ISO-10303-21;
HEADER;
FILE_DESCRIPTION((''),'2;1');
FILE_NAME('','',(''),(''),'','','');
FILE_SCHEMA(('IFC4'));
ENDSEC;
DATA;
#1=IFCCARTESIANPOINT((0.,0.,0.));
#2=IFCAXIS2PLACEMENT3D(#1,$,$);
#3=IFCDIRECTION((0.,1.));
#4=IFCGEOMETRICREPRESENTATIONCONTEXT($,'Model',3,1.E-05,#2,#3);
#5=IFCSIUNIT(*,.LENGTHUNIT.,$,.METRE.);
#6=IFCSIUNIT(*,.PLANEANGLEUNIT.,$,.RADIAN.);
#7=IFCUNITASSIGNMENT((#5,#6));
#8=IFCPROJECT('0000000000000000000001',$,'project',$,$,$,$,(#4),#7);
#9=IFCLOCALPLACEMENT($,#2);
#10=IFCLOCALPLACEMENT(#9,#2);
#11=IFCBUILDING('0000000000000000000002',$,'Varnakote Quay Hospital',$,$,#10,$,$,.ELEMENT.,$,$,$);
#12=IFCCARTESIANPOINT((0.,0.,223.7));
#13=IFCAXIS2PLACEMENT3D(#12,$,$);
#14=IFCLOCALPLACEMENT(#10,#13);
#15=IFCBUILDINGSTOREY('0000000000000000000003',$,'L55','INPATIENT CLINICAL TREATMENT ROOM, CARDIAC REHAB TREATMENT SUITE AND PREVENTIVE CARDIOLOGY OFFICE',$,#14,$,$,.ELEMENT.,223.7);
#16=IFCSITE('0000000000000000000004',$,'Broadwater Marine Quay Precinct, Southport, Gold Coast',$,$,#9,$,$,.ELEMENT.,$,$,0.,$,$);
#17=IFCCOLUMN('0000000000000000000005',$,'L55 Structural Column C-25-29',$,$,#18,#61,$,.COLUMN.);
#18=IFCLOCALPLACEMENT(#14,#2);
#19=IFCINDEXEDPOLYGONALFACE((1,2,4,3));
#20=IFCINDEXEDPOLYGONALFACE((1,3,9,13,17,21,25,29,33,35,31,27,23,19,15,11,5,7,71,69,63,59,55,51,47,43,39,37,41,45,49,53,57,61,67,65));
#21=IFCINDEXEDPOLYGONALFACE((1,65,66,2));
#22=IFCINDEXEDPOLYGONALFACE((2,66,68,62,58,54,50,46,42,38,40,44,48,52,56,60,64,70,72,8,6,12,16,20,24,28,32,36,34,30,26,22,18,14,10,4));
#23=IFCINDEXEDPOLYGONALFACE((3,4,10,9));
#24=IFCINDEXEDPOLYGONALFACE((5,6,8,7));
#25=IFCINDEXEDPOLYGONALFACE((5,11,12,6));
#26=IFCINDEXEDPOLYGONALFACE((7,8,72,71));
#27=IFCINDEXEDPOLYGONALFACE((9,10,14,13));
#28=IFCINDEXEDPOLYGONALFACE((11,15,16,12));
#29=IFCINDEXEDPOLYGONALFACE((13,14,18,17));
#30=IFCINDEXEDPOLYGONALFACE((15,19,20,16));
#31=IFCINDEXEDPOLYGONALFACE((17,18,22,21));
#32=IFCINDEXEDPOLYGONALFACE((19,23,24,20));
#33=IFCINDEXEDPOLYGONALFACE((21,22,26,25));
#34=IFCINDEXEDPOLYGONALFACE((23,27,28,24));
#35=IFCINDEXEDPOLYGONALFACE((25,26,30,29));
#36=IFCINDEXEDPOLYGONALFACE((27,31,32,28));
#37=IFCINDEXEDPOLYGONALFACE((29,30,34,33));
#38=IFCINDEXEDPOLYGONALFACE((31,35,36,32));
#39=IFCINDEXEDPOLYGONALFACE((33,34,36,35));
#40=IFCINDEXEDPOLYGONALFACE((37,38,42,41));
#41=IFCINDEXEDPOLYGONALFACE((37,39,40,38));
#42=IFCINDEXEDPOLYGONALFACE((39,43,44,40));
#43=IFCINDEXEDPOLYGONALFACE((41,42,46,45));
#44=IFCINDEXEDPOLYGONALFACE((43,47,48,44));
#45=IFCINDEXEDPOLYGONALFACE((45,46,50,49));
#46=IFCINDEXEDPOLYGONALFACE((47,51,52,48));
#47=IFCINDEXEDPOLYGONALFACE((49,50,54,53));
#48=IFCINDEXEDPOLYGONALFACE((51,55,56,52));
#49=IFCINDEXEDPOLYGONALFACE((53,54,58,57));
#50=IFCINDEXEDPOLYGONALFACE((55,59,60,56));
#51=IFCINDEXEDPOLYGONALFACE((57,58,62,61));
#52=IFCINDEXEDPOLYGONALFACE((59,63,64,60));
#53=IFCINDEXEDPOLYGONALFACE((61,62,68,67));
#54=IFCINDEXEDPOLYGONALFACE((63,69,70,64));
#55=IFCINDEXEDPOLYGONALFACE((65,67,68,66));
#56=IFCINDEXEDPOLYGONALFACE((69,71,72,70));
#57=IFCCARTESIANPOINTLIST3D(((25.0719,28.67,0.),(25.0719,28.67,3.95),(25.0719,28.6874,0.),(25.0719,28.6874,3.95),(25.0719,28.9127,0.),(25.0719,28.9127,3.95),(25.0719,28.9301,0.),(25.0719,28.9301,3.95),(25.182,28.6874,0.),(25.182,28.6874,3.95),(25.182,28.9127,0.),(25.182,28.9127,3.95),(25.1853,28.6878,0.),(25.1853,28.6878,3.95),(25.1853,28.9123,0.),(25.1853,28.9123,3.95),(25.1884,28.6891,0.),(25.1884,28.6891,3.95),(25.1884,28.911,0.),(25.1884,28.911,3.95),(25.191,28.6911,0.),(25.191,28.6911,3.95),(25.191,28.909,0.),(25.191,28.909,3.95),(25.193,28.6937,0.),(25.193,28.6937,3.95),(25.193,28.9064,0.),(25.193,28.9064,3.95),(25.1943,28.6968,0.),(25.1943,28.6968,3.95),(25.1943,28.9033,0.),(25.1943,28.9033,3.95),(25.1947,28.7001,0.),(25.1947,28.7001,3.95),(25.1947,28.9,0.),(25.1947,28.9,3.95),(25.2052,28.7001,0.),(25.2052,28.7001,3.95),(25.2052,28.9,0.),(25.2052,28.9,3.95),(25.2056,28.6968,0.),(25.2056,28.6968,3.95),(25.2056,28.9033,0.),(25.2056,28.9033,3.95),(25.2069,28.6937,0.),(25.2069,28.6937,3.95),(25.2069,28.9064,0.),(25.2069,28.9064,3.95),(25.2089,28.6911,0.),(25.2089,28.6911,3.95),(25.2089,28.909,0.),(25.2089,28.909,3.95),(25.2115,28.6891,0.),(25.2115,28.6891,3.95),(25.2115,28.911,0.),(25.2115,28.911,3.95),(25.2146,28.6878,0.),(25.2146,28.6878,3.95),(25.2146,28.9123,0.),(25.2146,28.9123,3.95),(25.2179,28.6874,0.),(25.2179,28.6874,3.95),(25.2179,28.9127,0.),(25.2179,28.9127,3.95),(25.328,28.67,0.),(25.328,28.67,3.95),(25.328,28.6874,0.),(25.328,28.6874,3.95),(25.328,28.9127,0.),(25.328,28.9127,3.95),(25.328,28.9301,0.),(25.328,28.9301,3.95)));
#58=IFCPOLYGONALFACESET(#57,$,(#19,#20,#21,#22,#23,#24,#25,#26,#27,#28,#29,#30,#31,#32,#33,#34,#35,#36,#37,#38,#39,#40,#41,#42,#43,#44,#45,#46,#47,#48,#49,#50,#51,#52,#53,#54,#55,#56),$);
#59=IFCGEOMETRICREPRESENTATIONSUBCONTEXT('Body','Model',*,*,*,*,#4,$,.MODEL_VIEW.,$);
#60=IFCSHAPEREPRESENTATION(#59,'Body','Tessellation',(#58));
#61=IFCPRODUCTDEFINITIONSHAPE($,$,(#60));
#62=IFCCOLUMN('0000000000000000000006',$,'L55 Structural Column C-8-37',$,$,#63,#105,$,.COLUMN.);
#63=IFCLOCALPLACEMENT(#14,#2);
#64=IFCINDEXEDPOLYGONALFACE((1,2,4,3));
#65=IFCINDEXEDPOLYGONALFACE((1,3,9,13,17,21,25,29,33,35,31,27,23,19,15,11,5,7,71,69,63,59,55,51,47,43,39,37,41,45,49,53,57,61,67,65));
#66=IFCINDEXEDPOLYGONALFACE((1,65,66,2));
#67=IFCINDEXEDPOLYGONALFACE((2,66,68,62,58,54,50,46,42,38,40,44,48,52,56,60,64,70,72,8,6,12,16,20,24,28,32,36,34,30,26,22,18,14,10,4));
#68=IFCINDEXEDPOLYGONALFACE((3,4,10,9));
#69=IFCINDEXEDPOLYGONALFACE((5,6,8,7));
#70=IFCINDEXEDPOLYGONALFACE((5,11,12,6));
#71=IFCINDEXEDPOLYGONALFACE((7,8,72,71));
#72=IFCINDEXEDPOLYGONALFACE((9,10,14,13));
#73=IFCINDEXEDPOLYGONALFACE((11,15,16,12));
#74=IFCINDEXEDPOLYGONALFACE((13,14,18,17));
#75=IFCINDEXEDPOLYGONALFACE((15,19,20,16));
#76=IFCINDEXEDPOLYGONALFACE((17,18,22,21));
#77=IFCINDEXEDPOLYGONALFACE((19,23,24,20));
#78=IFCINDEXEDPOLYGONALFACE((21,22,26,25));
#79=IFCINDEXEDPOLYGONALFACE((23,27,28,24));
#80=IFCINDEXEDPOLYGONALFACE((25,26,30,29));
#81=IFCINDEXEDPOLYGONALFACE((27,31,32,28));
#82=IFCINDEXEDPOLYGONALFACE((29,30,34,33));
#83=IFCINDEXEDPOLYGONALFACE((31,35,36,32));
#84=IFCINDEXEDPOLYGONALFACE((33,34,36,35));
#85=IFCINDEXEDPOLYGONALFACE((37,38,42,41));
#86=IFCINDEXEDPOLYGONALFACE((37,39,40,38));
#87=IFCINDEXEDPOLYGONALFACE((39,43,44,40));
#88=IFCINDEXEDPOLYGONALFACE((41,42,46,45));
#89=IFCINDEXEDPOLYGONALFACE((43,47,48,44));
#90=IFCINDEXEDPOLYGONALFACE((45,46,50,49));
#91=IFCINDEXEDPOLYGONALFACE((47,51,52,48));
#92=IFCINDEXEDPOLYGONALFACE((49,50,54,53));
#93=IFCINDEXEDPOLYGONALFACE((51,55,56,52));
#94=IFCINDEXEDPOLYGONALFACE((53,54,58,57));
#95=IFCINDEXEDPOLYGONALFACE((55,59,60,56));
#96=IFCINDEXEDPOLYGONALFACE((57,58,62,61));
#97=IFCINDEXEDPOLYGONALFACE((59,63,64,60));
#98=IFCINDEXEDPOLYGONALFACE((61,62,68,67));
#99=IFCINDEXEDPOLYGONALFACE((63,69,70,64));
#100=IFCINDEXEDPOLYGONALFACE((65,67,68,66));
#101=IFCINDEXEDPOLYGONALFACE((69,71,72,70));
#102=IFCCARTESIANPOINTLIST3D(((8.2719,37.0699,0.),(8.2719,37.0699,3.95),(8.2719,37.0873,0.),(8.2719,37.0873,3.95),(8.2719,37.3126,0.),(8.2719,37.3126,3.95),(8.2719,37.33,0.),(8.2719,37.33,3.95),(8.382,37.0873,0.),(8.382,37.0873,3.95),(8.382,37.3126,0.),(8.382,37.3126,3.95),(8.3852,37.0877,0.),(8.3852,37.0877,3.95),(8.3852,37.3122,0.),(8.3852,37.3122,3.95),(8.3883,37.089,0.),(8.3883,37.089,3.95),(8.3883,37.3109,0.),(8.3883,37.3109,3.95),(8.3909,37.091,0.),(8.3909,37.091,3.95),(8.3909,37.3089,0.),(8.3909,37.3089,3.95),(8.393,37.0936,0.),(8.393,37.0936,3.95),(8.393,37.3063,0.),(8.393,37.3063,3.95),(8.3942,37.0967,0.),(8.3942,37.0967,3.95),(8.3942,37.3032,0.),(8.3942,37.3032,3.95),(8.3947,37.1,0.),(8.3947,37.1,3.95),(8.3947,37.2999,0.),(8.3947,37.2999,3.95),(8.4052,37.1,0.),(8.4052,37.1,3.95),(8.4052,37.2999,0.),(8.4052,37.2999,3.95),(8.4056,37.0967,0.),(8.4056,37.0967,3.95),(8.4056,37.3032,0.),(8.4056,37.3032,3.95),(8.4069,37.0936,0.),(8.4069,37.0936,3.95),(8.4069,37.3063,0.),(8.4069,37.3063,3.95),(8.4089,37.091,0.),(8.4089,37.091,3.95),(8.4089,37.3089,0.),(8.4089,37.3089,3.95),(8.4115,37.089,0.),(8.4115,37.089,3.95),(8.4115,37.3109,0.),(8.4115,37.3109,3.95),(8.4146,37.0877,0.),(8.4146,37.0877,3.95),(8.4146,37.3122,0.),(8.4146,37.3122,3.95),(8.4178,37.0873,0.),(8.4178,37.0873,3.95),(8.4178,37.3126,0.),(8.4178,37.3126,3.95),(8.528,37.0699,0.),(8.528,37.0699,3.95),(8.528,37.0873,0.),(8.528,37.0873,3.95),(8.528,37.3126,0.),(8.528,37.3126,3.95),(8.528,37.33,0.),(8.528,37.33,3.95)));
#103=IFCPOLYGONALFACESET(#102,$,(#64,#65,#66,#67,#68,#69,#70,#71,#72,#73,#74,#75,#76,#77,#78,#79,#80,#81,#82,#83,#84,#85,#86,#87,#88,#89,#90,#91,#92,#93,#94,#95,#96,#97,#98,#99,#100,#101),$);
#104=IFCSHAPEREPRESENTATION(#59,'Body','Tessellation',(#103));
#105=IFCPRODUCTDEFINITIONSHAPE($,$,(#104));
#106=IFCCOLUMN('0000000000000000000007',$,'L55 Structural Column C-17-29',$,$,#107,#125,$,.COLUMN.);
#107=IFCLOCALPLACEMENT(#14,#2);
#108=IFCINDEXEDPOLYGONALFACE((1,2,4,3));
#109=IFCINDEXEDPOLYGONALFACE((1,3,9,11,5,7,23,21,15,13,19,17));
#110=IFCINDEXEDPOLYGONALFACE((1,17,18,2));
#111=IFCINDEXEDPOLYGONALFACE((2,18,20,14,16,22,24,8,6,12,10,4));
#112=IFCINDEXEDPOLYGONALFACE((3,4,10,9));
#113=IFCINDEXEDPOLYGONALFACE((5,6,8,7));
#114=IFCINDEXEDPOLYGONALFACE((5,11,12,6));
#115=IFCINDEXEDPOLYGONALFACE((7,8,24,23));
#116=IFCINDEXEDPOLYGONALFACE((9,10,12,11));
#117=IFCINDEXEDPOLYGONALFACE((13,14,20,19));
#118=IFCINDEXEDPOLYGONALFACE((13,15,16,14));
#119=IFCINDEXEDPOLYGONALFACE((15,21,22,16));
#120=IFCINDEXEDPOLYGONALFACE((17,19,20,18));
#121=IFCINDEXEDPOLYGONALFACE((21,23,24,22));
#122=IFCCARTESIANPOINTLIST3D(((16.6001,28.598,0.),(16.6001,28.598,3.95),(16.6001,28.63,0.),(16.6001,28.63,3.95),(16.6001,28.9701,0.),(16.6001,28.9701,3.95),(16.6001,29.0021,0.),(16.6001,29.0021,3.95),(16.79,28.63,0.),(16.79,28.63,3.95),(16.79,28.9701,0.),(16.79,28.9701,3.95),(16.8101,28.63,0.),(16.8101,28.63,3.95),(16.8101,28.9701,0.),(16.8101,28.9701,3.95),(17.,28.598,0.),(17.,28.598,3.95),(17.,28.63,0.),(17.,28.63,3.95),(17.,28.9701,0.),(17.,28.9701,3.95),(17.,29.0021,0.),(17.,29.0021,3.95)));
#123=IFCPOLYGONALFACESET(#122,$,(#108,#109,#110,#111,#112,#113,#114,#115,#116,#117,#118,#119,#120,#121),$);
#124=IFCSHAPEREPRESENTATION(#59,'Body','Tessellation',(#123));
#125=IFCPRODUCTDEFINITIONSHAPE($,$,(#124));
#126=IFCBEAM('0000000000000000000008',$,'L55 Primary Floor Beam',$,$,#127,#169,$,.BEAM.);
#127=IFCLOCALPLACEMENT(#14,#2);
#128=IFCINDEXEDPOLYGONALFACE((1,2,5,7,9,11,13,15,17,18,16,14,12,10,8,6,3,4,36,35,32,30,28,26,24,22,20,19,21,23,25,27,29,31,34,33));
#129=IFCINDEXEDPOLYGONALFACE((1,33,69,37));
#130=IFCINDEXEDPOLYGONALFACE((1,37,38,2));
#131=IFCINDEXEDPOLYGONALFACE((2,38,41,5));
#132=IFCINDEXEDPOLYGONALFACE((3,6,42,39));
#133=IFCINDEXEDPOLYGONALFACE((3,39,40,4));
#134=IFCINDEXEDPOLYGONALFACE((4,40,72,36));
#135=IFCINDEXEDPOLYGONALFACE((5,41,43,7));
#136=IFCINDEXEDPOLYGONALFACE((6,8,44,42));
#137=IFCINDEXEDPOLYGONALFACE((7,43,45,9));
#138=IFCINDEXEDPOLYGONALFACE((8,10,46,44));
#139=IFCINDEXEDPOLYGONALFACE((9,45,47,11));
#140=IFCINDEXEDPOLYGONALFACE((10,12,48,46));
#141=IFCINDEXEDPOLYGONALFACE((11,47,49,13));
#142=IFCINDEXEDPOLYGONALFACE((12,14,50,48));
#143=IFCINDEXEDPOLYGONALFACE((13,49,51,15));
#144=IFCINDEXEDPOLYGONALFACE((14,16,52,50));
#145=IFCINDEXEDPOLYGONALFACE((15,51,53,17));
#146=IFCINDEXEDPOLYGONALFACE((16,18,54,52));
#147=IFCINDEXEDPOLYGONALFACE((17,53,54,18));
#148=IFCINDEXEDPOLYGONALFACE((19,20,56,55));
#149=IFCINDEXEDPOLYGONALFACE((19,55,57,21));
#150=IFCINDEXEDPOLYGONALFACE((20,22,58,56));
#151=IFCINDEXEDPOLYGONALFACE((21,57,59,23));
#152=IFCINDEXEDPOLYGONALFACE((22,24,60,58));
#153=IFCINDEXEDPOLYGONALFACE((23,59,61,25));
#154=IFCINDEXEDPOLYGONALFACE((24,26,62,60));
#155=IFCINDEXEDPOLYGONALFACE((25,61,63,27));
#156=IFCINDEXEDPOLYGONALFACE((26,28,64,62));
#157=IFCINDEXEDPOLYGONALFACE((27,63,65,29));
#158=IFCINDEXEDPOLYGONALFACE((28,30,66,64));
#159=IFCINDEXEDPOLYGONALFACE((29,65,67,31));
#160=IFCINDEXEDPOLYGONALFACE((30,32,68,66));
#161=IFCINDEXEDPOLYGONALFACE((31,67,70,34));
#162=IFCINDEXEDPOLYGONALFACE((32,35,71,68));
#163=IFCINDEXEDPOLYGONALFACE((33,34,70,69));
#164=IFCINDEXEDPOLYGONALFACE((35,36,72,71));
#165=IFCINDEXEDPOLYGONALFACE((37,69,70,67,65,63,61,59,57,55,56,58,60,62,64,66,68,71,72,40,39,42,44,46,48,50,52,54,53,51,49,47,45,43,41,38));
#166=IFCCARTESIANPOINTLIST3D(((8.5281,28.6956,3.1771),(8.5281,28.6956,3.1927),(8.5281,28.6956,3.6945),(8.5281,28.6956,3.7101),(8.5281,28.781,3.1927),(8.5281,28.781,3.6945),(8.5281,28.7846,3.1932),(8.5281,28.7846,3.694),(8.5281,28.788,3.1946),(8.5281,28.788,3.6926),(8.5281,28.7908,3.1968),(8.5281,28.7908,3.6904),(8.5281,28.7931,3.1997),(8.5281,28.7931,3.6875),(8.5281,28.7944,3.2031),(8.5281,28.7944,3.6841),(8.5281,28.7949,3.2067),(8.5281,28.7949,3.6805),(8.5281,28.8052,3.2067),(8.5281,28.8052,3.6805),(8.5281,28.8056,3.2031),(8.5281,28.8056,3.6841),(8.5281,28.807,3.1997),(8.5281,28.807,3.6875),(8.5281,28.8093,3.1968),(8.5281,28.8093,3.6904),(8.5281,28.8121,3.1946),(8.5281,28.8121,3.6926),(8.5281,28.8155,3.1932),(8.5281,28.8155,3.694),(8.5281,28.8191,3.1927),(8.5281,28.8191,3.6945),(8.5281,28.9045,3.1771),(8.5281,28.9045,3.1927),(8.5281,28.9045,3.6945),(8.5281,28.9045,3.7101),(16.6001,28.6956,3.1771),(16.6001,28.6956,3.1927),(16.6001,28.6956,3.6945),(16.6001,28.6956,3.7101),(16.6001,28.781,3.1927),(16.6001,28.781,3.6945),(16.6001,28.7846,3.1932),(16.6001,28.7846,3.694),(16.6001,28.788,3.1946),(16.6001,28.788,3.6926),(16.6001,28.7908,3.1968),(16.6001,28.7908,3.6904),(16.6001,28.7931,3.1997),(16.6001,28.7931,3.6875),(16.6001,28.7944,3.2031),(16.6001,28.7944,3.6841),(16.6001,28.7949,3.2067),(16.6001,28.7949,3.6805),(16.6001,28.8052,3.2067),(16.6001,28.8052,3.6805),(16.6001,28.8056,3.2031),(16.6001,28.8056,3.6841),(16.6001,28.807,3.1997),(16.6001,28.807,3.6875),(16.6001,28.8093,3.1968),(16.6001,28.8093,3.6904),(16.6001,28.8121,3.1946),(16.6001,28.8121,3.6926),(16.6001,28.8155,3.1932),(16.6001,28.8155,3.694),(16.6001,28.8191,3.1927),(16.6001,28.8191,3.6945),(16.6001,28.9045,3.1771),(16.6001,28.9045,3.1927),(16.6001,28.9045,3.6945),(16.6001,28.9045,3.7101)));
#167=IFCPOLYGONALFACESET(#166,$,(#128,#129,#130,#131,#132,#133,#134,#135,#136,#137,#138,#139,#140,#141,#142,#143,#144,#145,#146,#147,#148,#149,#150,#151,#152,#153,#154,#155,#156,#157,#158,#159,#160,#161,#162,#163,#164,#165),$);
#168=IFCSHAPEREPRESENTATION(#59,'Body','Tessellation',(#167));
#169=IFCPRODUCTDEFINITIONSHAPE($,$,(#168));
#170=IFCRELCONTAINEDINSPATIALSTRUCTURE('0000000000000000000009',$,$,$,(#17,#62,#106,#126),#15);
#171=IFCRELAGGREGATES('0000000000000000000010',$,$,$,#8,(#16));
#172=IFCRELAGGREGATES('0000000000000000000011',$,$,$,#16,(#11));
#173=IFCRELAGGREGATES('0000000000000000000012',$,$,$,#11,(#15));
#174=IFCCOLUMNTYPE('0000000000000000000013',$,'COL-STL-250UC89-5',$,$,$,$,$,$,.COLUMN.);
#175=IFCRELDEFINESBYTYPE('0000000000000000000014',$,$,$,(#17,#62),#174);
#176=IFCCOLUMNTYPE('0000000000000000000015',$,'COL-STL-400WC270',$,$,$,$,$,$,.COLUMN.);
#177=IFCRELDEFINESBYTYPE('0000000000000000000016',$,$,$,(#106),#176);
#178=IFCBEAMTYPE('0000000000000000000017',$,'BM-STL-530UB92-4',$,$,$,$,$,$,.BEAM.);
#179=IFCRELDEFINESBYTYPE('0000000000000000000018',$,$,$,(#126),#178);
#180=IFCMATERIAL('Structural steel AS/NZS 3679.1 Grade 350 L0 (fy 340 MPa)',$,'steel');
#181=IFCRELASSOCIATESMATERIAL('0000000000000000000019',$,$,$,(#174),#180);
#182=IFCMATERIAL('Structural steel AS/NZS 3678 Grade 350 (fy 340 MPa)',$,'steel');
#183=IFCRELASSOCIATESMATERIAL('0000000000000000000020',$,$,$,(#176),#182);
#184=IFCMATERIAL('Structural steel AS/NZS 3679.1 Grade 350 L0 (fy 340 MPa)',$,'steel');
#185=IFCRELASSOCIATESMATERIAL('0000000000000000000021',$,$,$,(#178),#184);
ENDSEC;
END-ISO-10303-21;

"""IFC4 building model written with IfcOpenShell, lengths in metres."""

from ifc_helpers import new_model, si_unit, direction, frame, origin, origin_2d, place, context, subcontext, project, spatial, i_section, extrude, material, material_profile, profile_set, type_object, element, save


model = new_model("IFC4")

# Units and contexts
model_context = context("Model", 3, precision=1e-05, world=origin(), true_north=direction((0.0, 1.0)))
body_context = subcontext(model_context, "Body", "Model", "MODEL_VIEW")
ifc_project = project(units=[si_unit("LENGTHUNIT", "METRE"), si_unit("PLANEANGLEUNIT", "RADIAN")], contexts=[model_context])

# Site, building, storey
site_placement = place(None, origin())
site = spatial("IfcSite", under=ifc_project, at=site_placement, Name="Broadwater Marine Quay Precinct, Southport, Gold Coast", CompositionType="ELEMENT", RefElevation=0.0)
building_placement = place(site_placement, origin())
building = spatial("IfcBuilding", under=site, at=building_placement, Name="Varnakote Quay Hospital", CompositionType="ELEMENT")
storey_placement = place(building_placement, frame((0.0, 0.0, 223.7)))
storey = spatial("IfcBuildingStorey", under=building, at=storey_placement, Name="L55", Description="INPATIENT CLINICAL TREATMENT ROOM, CARDIAC REHAB TREATMENT SUITE AND PREVENTIVE CARDIOLOGY OFFICE", CompositionType="ELEMENT", Elevation=223.7)

# Columns
ifc_material_1 = material(Name="Structural steel AS/NZS 3679.1 Grade 350 L0 (fy 340 MPa)", Category="steel")
ifc_material_profile_1 = material_profile(ifc_material_1, i_section(OverallWidth=0.2561, OverallDepth=0.26, WebThickness=0.0105, FlangeThickness=0.0173, FilletRadius=0.0127, at=origin_2d()), Name="250UC89.5")
ifc_profile_set_1 = profile_set([ifc_material_profile_1], Name="Structural steel AS/NZS 3679.1 Grade 350 L0 (fy 340 MPa)")
column_type_1 = type_object("IfcColumnType", Name="COL-STL-250UC89-5", PredefinedType="COLUMN", material=ifc_profile_set_1)
for number, where, z_axis, x_axis, name in (
    (1, (25.2, 28.8, 0.0), (0.0, 0.0, 1.0), (1.0, 0.0, 0.0), "L55 Structural Column C-25-29"),
    (2, (8.3999, 37.2, 0.0), (0.0, 0.0, 1.0), (1.0, 0.0, 0.0), "L55 Structural Column C-8-37"),
):
    element("IfcColumn", number, at=place(storey_placement, frame(where, z_axis=z_axis, x_axis=x_axis)), inside=storey, type_object=column_type_1, Name=name, PredefinedType="COLUMN", context=body_context, shape_type="SweptSolid", body=[
        extrude(i_section(OverallWidth=0.2561, OverallDepth=0.26, WebThickness=0.0105, FlangeThickness=0.0173, FilletRadius=0.0127, at=origin_2d()), origin(), (0.0, 0.0, 1.0), 3.95),
    ])
ifc_material_2 = material(Name="Structural steel AS/NZS 3678 Grade 350 (fy 340 MPa)", Category="steel")
ifc_material_profile_2 = material_profile(ifc_material_2, i_section(OverallWidth=0.3999, OverallDepth=0.4041, WebThickness=0.02, FlangeThickness=0.032, at=origin_2d()), Name="400WC270")
ifc_profile_set_2 = profile_set([ifc_material_profile_2], Name="Structural steel AS/NZS 3678 Grade 350 (fy 340 MPa)")
column_type_2 = type_object("IfcColumnType", Name="COL-STL-400WC270", PredefinedType="COLUMN", material=ifc_profile_set_2)
column_placement = place(storey_placement, frame((16.8, 28.8, 0.0), z_axis=(0.0, 0.0, 1.0), x_axis=(1.0, 0.0, 0.0)))
element("IfcColumn", 3, at=column_placement, inside=storey, type_object=column_type_2, Name="L55 Structural Column C-17-29", PredefinedType="COLUMN", context=body_context, shape_type="SweptSolid", body=[
    extrude(i_section(OverallWidth=0.3999, OverallDepth=0.4041, WebThickness=0.02, FlangeThickness=0.032, at=origin_2d()), origin(), (0.0, 0.0, 1.0), 3.95),
])

# Beam
ifc_material_3 = material(Name="Structural steel AS/NZS 3679.1 Grade 350 L0 (fy 340 MPa)", Category="steel")
ifc_material_profile_3 = material_profile(ifc_material_3, i_section(OverallWidth=0.209, OverallDepth=0.533, WebThickness=0.0103, FlangeThickness=0.0156, FilletRadius=0.0139, at=origin_2d()), Name="530UB92.4")
ifc_profile_set_3 = profile_set([ifc_material_profile_3], Name="Structural steel AS/NZS 3679.1 Grade 350 L0 (fy 340 MPa)")
beam_type_1 = type_object("IfcBeamType", Name="BM-STL-530UB92-4", PredefinedType="BEAM", material=ifc_profile_set_3)
for number, where, z_axis, x_axis, name in (
    (4, (8.5281, 28.8, 3.4436), (1.0, 0.0, 0.0), (0.0, 1.0, 0.0), "L55 Primary Floor Beam"),
):
    element("IfcBeam", number, at=place(storey_placement, frame(where, z_axis=z_axis, x_axis=x_axis)), inside=storey, type_object=beam_type_1, Name=name, PredefinedType="BEAM", context=body_context, shape_type="SweptSolid", body=[
        extrude(i_section(OverallWidth=0.209, OverallDepth=0.533, WebThickness=0.0103, FlangeThickness=0.0156, FilletRadius=0.0139, at=origin_2d()), origin(), (0.0, 0.0, 1.0), 8.072),
    ])

save(model, "model.ifc")
